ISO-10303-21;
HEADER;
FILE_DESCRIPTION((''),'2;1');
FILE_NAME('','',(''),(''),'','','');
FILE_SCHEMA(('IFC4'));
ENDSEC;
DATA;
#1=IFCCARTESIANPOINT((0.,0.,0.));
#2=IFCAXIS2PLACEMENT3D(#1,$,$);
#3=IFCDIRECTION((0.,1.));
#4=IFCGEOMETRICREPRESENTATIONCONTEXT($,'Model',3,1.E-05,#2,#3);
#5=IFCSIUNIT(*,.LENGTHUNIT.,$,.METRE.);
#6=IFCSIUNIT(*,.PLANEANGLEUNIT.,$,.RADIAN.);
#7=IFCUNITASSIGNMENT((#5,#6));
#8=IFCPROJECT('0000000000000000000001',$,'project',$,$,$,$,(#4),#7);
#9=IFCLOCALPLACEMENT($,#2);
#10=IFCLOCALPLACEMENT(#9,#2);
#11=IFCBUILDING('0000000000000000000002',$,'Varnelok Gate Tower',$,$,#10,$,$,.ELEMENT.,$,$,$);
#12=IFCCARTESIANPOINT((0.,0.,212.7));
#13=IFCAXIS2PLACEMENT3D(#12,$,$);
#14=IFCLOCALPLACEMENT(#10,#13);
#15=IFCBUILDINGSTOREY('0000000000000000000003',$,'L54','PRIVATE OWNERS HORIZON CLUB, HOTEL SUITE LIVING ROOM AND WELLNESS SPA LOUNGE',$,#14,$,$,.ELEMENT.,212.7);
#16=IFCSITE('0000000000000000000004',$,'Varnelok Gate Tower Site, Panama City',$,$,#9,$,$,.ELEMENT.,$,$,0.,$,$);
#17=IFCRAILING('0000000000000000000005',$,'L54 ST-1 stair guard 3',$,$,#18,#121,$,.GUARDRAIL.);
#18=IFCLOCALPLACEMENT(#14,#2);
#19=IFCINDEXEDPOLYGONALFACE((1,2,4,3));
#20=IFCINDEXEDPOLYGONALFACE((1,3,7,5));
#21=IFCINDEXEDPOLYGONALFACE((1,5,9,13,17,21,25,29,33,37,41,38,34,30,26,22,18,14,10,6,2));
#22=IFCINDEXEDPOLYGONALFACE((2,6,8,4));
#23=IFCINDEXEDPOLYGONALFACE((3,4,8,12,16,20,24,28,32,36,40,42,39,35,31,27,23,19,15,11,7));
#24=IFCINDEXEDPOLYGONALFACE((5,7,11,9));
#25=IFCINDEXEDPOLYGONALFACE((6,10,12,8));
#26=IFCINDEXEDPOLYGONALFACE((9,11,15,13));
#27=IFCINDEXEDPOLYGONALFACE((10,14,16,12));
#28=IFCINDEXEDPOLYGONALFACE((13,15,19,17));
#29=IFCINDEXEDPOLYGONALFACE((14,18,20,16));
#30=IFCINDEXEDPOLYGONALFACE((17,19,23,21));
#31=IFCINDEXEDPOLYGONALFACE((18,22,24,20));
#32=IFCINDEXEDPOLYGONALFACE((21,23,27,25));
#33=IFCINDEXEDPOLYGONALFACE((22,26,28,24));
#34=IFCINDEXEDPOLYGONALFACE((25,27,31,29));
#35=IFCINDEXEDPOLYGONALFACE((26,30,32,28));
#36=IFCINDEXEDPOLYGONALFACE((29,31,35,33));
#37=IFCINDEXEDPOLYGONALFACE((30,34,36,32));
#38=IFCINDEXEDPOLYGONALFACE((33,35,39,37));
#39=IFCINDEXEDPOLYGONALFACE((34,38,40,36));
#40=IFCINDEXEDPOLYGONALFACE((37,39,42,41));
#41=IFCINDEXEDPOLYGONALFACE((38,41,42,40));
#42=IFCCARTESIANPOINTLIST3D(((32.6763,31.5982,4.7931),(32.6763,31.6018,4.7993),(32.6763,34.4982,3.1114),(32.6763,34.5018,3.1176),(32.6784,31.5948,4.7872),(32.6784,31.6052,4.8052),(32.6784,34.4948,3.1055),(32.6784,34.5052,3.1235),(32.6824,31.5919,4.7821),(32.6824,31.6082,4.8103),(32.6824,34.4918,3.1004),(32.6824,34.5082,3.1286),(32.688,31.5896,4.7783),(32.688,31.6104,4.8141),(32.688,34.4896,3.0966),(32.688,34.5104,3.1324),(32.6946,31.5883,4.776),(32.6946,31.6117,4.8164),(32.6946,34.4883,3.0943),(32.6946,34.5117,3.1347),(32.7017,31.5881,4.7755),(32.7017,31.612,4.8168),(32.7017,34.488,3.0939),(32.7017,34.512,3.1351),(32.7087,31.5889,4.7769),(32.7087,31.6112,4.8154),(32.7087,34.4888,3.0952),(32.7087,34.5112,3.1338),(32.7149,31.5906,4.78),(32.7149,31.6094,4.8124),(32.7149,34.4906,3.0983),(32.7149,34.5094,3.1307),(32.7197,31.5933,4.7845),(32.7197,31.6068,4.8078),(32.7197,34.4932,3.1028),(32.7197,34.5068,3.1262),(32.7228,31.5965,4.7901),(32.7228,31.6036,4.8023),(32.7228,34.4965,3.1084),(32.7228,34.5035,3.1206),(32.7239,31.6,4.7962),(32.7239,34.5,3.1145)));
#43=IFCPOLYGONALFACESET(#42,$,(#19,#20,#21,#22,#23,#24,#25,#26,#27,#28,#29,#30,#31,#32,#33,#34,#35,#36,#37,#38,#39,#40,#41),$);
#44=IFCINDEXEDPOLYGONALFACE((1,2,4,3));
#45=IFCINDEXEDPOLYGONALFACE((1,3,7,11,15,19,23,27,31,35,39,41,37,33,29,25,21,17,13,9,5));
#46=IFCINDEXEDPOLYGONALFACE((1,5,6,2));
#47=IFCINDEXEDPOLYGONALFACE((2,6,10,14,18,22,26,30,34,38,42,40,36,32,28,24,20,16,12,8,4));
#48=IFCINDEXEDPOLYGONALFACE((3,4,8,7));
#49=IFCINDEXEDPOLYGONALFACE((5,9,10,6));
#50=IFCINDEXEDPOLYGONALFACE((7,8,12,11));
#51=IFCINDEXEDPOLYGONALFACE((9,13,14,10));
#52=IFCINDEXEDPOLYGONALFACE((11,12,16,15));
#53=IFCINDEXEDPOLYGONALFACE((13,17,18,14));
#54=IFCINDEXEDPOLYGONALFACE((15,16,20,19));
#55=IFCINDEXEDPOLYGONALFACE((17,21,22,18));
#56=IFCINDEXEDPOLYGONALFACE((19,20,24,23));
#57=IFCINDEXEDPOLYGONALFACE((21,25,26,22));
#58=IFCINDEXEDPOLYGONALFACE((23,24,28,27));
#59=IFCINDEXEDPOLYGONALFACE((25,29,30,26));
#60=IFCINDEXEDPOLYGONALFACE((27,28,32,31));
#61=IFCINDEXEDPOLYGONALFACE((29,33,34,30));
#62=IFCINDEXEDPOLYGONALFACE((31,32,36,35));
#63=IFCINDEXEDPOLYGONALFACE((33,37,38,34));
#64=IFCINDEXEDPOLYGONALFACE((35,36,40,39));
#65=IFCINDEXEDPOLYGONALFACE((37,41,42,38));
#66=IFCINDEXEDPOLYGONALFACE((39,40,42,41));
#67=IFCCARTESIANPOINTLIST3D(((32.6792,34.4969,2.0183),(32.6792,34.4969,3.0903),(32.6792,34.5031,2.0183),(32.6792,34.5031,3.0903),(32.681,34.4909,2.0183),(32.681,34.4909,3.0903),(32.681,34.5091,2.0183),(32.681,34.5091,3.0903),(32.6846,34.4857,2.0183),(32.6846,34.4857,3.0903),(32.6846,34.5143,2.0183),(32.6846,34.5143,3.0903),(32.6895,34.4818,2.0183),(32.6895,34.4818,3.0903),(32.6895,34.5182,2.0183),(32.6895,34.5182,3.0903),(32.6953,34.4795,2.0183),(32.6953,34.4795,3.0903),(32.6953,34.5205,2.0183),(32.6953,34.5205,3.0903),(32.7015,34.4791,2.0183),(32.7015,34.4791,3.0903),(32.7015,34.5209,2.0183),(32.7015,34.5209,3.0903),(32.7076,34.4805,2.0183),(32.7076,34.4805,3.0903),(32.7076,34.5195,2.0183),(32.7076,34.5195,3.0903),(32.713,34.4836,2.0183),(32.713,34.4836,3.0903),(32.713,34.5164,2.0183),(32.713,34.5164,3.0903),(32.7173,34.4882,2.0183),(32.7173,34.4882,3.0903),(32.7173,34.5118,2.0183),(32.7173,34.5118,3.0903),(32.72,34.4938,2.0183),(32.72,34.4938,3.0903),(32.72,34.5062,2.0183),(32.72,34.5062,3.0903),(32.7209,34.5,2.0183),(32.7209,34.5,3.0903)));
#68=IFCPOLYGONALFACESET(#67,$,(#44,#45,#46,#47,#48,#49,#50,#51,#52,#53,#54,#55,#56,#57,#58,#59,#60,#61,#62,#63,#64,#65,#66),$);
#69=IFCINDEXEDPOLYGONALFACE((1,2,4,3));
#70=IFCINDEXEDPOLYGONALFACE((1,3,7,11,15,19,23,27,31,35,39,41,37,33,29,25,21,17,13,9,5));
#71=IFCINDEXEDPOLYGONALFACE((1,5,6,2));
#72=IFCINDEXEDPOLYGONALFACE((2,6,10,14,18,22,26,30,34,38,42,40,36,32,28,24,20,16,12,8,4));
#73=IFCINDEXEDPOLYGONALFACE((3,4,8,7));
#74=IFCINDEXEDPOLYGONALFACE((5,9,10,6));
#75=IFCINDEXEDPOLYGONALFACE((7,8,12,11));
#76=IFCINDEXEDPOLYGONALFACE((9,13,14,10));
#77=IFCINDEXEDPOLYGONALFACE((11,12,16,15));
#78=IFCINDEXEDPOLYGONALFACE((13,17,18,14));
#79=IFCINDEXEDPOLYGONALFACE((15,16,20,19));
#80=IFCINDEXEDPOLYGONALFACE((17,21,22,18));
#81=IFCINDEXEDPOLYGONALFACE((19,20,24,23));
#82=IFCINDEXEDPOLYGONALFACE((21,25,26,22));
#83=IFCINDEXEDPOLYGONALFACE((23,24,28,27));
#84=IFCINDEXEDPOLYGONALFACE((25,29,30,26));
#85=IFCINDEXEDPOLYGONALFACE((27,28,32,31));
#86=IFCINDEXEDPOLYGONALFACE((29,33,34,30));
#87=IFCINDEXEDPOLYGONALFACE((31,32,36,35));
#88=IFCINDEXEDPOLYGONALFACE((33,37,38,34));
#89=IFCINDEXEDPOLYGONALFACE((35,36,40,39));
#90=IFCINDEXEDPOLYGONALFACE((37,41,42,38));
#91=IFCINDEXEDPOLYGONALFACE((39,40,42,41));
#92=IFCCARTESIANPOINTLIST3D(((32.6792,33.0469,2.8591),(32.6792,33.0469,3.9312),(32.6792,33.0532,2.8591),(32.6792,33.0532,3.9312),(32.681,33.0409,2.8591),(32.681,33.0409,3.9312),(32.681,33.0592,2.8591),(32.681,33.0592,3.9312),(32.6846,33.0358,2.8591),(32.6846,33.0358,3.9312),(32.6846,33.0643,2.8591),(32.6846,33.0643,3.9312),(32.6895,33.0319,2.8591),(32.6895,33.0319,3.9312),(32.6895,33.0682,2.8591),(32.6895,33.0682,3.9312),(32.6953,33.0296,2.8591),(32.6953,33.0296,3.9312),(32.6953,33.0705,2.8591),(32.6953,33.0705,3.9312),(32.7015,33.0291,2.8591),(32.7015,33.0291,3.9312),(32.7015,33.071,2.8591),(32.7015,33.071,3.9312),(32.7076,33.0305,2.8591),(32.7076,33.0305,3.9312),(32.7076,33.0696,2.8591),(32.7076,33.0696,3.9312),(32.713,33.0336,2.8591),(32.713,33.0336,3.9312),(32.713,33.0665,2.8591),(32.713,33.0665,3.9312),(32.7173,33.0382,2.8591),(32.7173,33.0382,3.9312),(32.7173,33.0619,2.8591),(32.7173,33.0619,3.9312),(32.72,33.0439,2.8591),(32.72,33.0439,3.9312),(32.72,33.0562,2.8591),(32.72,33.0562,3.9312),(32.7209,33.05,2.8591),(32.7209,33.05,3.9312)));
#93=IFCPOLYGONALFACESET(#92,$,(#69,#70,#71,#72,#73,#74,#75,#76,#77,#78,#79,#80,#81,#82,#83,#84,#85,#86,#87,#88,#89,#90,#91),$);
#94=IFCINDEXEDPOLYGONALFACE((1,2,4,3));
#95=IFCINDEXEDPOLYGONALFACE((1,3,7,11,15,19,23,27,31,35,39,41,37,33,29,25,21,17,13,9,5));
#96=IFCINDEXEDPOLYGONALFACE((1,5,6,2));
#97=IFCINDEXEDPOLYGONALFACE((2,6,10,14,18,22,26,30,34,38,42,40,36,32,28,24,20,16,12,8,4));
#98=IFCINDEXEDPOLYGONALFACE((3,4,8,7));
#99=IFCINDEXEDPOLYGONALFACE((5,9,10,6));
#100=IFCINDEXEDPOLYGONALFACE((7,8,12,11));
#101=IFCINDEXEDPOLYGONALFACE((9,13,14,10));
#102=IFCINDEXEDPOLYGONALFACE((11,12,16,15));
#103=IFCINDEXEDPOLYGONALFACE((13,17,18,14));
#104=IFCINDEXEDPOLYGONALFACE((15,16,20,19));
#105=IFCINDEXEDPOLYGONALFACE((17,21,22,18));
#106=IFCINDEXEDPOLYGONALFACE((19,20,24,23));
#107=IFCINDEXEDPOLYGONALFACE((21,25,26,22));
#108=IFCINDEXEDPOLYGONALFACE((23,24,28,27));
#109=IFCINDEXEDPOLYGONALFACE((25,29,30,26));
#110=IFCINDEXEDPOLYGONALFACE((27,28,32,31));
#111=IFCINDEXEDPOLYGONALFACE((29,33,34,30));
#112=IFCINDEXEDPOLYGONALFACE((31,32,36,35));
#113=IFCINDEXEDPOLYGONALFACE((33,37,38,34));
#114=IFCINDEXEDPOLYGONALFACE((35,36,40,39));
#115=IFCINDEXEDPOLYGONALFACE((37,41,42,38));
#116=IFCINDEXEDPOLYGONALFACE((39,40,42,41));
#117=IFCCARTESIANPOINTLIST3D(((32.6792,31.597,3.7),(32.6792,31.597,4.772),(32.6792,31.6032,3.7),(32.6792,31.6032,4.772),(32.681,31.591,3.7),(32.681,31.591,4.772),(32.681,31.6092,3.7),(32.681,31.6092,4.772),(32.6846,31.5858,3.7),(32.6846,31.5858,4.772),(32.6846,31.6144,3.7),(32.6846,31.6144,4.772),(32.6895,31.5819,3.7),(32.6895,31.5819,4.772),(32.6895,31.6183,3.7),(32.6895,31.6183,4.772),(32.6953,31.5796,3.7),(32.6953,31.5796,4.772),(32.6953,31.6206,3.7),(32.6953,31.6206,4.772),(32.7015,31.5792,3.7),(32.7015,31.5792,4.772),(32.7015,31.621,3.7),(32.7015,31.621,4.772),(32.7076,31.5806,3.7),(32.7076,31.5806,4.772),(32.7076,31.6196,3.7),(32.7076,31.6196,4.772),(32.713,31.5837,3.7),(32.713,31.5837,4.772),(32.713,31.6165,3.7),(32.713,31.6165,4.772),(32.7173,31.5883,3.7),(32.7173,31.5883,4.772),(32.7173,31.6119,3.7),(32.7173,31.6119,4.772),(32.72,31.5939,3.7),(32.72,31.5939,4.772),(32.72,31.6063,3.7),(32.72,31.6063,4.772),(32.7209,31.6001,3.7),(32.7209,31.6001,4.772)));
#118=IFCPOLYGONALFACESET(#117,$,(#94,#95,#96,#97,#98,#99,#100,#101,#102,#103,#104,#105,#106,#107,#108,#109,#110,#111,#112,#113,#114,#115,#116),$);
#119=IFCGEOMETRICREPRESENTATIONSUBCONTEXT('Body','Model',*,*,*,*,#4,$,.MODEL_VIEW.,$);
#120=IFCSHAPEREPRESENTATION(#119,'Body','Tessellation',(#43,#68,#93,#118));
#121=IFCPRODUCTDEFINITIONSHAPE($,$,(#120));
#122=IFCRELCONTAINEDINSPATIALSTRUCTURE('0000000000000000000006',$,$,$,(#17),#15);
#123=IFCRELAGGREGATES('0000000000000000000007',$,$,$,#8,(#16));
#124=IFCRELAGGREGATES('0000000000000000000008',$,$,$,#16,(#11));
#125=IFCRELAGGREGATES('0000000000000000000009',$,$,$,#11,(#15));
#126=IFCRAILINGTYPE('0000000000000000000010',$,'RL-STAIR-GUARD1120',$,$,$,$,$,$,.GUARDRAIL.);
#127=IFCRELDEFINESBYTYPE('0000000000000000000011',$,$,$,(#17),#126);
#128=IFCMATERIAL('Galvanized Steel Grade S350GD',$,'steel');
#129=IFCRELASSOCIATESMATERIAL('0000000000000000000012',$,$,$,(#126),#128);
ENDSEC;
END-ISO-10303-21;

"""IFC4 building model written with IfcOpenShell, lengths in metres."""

from ifc_helpers import new_model, si_unit, direction, frame, origin, origin_2d, place, context, subcontext, project, spatial, circle, extrude, material, type_object, element, save


model = new_model("IFC4")

# Units and contexts
model_context = context("Model", 3, precision=1e-05, world=origin(), true_north=direction((0.0, 1.0)))
body_context = subcontext(model_context, "Body", "Model", "MODEL_VIEW")
ifc_project = project(units=[si_unit("LENGTHUNIT", "METRE"), si_unit("PLANEANGLEUNIT", "RADIAN")], contexts=[model_context])

# Site, building, storey
site_placement = place(None, origin())
site = spatial("IfcSite", under=ifc_project, at=site_placement, Name="Varnelok Gate Tower Site, Panama City", CompositionType="ELEMENT", RefElevation=0.0)
building_placement = place(site_placement, origin())
building = spatial("IfcBuilding", under=site, at=building_placement, Name="Varnelok Gate Tower", CompositionType="ELEMENT")
storey_placement = place(building_placement, frame((0.0, 0.0, 212.7)))
storey = spatial("IfcBuildingStorey", under=building, at=storey_placement, Name="L54", Description="PRIVATE OWNERS HORIZON CLUB, HOTEL SUITE LIVING ROOM AND WELLNESS SPA LOUNGE", CompositionType="ELEMENT", Elevation=212.7)

# Railing
ifc_material_1 = material(Name="Galvanized Steel Grade S350GD", Category="steel")
railing_type_1 = type_object("IfcRailingType", Name="RL-STAIR-GUARD1120", PredefinedType="GUARDRAIL", material=ifc_material_1)
railing_1_placement = place(storey_placement, frame((32.7, 34.5, 2.0183)))
element("IfcRailing", 1, at=railing_1_placement, inside=storey, type_object=railing_type_1, Name="L54 ST-1 stair guard 3", PredefinedType="GUARDRAIL", context=body_context, shape_type="SweptSolid", body=[
    extrude(circle(Radius=0.0239, at=origin_2d()), frame((0.0, 0.0, 1.0962), z_axis=(0.0, -0.86507, 0.501651), x_axis=(1.0, 0.0, 0.0)), (0.0, 0.0, 1.0), 3.3523),
    extrude(circle(Radius=0.021, at=origin_2d()), origin(), (0.0, 0.0, 1.0), 1.072),
    extrude(circle(Radius=0.021, at=origin_2d()), frame((0.0, -1.45, 0.8408)), (0.0, 0.0, 1.0), 1.072),
    extrude(circle(Radius=0.021, at=origin_2d()), frame((0.0, -2.8999, 1.6816)), (0.0, 0.0, 1.0), 1.072),
])

save(model, "model.ifc")
